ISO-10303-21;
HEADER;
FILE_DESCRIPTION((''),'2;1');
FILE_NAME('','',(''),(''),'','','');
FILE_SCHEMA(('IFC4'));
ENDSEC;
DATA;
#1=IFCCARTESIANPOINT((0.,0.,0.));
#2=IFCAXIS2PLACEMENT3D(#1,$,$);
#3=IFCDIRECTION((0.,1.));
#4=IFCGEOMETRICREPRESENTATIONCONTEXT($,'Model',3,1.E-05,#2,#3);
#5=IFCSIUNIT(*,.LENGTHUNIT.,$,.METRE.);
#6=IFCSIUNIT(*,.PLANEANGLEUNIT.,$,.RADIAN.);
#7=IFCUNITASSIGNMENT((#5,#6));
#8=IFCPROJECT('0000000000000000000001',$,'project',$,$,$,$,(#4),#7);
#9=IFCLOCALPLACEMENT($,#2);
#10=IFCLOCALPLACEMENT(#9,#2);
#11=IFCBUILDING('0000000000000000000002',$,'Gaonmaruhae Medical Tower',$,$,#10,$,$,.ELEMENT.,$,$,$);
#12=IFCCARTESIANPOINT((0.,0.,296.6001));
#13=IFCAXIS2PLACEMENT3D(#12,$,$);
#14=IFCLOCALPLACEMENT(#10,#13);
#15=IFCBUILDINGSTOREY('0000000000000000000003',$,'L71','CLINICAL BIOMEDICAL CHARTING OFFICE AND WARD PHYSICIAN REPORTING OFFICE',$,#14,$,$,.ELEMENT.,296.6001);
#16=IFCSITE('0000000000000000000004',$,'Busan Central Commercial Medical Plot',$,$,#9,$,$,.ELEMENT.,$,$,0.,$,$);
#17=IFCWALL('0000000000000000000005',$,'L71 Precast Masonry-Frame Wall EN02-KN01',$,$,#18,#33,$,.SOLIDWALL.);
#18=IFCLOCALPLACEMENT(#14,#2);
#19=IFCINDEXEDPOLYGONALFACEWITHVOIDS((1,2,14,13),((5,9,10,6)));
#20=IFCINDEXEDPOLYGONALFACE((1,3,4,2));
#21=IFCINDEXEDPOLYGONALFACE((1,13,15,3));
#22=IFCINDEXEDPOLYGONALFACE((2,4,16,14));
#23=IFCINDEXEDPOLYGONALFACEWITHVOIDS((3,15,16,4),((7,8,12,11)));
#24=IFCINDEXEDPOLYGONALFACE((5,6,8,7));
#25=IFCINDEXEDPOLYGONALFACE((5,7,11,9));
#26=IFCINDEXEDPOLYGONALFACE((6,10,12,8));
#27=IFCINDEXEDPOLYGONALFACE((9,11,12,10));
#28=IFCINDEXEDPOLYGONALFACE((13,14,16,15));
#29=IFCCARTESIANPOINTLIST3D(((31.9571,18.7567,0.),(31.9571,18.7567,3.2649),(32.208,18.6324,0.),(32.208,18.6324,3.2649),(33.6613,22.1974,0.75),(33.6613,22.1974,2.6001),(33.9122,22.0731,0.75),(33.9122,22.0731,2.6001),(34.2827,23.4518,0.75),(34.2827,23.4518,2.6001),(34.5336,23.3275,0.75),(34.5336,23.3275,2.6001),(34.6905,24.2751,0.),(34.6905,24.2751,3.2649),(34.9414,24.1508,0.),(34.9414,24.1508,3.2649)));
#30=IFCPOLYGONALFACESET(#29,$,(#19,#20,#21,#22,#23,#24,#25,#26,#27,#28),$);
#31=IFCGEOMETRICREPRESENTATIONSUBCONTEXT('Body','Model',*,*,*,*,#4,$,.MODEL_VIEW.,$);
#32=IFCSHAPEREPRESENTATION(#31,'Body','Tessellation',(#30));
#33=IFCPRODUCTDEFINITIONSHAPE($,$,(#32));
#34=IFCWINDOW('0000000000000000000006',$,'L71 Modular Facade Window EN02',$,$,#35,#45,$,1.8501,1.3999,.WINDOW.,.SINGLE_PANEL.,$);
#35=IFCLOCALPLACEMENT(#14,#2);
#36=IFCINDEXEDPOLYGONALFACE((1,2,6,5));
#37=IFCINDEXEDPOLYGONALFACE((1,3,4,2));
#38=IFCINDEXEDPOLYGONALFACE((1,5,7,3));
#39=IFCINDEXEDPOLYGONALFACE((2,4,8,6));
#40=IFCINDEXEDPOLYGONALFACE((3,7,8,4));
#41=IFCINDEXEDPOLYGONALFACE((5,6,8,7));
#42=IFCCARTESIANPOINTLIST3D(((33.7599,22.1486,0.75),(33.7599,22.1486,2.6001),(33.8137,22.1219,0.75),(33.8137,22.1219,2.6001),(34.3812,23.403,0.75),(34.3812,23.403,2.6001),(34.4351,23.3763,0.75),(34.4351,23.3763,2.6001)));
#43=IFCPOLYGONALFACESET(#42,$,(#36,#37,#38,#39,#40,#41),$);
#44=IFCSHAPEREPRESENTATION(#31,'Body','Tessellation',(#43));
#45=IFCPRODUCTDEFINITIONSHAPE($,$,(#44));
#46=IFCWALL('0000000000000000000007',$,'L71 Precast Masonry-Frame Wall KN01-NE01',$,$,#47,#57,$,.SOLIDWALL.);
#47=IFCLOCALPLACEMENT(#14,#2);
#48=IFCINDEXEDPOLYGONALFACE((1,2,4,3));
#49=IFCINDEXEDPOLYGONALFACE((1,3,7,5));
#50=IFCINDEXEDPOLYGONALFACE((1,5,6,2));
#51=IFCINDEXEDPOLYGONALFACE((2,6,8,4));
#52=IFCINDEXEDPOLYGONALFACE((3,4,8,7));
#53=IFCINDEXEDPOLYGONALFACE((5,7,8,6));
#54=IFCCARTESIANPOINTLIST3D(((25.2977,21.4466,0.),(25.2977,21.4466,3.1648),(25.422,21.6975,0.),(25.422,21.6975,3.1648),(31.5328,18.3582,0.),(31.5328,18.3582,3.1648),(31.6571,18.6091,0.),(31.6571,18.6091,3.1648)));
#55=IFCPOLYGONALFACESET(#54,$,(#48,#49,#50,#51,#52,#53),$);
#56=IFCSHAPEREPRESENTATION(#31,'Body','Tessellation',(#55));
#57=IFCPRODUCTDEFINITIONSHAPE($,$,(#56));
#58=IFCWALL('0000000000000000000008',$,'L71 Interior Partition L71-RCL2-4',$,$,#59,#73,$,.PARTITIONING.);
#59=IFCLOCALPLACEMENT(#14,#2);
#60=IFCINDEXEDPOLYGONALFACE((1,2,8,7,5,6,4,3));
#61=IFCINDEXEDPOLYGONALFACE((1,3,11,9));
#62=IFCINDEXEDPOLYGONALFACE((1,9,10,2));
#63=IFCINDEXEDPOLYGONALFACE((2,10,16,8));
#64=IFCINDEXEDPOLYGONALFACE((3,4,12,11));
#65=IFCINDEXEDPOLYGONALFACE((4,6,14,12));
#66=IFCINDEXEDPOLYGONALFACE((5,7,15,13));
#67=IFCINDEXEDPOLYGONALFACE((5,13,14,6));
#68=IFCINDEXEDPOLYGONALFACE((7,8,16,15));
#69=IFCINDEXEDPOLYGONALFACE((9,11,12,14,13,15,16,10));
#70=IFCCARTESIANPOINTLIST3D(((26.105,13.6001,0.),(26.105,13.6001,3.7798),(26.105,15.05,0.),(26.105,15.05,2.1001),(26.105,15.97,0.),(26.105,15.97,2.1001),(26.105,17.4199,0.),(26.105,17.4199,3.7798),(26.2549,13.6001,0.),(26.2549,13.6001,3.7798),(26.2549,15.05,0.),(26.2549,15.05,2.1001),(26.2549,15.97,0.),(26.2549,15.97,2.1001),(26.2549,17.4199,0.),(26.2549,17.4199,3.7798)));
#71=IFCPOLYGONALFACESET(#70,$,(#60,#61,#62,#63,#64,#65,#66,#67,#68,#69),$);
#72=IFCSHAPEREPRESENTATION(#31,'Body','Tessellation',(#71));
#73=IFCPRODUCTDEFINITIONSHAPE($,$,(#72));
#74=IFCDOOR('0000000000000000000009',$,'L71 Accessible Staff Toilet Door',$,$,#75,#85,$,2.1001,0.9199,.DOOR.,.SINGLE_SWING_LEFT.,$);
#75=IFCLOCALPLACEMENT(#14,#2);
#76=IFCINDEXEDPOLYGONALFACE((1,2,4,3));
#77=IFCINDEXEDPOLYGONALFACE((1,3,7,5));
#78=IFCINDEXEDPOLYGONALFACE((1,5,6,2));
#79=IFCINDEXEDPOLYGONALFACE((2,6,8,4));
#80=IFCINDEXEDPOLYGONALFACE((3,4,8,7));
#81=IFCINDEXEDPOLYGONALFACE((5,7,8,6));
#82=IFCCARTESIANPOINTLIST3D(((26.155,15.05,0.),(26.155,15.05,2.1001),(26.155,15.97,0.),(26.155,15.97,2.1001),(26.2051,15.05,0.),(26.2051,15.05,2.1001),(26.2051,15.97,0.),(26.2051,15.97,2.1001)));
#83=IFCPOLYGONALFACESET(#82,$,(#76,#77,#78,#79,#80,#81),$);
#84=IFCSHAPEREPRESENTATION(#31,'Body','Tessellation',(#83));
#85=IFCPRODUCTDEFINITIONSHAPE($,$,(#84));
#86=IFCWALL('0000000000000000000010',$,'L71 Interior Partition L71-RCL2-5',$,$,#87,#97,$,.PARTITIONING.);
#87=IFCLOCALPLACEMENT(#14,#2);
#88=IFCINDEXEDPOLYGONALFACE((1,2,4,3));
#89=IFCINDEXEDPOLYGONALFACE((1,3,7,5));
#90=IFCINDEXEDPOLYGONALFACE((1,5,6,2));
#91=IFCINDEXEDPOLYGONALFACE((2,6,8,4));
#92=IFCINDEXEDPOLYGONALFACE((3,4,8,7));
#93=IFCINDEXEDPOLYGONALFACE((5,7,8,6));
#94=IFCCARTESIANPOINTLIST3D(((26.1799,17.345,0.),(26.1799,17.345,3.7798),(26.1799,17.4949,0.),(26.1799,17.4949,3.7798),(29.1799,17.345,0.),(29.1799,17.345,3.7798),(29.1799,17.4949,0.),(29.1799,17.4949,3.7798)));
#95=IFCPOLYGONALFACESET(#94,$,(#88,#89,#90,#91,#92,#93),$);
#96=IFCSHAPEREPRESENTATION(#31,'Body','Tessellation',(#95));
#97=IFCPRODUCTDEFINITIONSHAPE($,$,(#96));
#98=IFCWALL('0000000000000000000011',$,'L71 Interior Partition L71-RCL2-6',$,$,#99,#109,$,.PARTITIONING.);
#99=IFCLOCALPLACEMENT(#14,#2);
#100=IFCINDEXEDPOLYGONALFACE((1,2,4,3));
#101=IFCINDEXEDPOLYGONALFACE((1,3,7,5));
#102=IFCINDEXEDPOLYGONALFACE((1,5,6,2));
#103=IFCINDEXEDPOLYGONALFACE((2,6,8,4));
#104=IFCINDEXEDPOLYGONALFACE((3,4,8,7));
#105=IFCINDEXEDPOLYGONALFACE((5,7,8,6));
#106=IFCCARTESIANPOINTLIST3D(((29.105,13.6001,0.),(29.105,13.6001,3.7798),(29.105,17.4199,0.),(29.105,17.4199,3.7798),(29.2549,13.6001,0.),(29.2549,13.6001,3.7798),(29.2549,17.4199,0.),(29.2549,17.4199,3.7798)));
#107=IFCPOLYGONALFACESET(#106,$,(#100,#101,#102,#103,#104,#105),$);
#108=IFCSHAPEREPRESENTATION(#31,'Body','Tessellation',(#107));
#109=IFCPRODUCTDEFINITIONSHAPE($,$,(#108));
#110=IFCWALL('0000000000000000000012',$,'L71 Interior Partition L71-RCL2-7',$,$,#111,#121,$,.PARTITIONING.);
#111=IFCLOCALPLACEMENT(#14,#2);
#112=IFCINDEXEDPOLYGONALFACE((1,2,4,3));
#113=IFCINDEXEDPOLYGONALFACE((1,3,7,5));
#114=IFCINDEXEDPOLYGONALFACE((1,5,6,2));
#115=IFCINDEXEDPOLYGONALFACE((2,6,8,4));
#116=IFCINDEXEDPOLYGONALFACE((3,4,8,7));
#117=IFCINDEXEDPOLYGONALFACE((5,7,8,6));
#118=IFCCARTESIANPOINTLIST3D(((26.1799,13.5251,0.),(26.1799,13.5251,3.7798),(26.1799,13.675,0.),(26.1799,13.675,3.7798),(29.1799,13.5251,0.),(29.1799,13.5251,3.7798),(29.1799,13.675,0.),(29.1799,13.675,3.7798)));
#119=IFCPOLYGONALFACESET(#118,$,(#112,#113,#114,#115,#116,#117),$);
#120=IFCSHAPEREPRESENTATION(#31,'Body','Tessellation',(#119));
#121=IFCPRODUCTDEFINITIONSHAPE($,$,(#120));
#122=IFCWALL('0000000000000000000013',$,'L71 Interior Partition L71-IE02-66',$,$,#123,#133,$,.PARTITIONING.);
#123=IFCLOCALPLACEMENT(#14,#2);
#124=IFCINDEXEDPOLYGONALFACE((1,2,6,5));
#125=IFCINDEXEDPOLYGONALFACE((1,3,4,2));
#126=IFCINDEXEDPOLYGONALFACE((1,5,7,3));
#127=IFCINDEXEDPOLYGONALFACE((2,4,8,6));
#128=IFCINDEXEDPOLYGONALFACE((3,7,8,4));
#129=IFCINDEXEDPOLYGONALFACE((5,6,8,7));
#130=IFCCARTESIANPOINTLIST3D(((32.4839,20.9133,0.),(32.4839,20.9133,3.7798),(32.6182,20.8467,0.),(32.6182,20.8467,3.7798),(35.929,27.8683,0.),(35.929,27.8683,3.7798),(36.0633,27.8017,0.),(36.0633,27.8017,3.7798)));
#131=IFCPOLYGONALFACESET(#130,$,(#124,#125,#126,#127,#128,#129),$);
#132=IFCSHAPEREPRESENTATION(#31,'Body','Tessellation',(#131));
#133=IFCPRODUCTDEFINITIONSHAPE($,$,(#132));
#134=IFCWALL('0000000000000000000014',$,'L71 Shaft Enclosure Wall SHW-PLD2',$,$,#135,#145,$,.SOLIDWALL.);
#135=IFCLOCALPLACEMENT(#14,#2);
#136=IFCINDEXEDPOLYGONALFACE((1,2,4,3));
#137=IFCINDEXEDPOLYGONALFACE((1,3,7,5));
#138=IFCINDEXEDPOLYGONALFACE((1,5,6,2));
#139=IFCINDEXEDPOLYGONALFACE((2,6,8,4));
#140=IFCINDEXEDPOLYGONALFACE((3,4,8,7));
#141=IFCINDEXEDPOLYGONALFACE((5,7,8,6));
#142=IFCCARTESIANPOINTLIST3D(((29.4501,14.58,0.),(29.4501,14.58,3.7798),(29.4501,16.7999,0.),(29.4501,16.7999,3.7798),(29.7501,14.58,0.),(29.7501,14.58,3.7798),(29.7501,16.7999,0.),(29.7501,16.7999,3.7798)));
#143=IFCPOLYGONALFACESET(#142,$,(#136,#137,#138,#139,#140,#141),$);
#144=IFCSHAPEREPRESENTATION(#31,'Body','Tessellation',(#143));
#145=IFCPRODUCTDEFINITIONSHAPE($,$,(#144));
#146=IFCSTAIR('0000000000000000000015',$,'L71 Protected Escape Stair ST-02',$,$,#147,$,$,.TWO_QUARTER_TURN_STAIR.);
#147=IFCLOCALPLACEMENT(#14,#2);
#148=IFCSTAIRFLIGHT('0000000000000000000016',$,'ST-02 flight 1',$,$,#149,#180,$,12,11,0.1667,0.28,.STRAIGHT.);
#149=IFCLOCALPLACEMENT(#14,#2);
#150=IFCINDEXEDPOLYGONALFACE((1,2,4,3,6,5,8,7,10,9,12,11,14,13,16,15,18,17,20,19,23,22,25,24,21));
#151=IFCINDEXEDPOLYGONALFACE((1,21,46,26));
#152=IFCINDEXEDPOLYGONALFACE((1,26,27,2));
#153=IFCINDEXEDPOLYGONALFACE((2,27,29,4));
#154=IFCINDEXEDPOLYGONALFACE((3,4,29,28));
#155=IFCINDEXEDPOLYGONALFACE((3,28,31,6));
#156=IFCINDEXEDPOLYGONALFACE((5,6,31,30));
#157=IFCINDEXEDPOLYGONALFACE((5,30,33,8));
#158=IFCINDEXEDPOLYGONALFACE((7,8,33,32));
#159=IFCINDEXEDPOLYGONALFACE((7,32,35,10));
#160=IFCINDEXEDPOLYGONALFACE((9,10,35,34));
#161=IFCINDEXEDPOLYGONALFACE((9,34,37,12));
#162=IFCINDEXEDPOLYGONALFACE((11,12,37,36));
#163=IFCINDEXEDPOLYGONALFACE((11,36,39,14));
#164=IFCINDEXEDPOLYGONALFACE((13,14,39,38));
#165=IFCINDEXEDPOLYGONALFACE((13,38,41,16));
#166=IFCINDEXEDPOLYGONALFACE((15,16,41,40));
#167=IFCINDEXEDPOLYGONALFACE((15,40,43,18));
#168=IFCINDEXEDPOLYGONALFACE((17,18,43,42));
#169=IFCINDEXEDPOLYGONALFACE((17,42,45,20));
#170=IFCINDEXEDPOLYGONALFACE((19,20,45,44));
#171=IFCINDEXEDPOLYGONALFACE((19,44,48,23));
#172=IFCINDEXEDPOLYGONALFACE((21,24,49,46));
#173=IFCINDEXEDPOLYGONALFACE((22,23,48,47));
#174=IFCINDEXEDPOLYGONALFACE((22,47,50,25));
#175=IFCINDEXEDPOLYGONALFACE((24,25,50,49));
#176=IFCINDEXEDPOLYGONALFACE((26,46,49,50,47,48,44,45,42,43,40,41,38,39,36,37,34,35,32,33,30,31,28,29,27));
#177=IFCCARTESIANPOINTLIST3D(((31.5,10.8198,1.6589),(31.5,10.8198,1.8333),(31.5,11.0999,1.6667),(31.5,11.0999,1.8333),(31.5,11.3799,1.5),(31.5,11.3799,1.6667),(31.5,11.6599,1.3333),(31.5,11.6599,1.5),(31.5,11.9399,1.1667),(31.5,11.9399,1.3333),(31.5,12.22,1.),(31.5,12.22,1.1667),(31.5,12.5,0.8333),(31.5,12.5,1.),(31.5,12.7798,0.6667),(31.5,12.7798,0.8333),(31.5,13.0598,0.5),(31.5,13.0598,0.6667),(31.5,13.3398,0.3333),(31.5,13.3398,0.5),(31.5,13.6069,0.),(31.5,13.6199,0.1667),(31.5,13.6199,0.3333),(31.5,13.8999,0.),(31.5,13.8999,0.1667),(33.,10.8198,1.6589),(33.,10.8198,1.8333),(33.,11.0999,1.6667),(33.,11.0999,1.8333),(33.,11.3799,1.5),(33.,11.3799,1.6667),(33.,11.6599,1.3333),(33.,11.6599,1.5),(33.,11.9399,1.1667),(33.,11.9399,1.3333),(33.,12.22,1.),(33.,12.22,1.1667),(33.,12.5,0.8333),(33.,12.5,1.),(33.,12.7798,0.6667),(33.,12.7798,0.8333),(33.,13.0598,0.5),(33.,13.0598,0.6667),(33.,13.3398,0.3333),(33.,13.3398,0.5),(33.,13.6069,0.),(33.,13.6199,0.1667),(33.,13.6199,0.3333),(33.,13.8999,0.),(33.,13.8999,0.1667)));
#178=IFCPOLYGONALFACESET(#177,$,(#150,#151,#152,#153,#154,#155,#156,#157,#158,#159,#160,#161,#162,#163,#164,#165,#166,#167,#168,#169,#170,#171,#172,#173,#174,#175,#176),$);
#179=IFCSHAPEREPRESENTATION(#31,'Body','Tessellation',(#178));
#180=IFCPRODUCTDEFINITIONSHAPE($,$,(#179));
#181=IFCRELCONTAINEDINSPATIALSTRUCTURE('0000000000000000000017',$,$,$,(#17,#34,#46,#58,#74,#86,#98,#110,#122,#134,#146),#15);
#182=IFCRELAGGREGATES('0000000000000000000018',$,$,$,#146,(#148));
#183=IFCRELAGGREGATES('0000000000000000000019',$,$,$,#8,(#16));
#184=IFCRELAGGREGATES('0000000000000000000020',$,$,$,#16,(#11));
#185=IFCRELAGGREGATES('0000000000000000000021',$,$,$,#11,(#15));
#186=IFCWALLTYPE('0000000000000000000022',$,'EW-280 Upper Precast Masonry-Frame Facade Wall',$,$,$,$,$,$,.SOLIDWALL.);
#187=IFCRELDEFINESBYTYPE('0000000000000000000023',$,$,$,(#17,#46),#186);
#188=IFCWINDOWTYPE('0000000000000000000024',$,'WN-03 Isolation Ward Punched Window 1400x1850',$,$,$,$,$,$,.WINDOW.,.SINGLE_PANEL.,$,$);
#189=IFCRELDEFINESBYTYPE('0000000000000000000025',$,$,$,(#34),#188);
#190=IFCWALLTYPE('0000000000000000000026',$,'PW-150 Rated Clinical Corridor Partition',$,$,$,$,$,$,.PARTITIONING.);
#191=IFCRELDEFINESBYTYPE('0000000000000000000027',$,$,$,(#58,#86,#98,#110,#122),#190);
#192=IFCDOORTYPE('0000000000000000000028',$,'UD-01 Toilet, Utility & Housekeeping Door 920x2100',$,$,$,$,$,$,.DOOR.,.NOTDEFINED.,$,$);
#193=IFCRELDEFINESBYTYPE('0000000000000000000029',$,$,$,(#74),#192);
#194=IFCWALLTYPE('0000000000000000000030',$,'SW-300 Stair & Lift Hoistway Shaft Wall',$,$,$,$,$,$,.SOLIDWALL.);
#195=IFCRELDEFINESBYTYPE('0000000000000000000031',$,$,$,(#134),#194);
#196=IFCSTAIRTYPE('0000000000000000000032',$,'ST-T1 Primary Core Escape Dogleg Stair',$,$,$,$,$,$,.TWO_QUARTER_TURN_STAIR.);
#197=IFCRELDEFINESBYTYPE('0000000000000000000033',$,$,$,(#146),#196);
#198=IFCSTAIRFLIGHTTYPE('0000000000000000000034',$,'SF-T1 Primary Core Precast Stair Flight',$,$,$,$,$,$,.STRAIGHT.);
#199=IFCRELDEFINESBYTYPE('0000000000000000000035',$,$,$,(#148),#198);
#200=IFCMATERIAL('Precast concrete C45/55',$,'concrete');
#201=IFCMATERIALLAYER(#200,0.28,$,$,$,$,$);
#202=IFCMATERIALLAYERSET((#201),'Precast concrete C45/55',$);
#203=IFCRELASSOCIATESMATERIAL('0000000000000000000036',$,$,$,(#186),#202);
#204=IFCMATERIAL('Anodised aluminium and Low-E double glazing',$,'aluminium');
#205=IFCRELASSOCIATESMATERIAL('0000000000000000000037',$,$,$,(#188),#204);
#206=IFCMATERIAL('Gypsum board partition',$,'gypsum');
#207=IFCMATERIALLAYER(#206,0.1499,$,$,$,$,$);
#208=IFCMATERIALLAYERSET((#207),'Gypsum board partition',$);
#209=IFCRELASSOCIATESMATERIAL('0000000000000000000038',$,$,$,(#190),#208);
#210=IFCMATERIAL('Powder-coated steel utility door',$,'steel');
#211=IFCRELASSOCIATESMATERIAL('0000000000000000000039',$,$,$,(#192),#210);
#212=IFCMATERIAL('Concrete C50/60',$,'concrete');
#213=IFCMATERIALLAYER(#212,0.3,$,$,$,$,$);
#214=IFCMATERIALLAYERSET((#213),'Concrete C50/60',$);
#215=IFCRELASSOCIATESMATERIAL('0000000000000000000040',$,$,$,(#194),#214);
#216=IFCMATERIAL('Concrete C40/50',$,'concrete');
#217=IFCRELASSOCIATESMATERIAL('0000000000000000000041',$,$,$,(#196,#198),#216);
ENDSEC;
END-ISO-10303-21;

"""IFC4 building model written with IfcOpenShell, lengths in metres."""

from ifc_helpers import new_model, si_unit, direction, frame, frame_2d, origin, place, context, subcontext, project, spatial, polyline, rectangle, outline, extrude, material, layer, layer_set, type_object, element, fill, aggregate, save


model = new_model("IFC4")

# Units and contexts
model_context = context("Model", 3, precision=1e-05, world=origin(), true_north=direction((0.0, 1.0)))
body_context = subcontext(model_context, "Body", "Model", "MODEL_VIEW")
ifc_project = project(units=[si_unit("LENGTHUNIT", "METRE"), si_unit("PLANEANGLEUNIT", "RADIAN")], contexts=[model_context])

# Site, building, storey
site_placement = place(None, origin())
site = spatial("IfcSite", under=ifc_project, at=site_placement, Name="Busan Central Commercial Medical Plot", CompositionType="ELEMENT", RefElevation=0.0)
building_placement = place(site_placement, origin())
building = spatial("IfcBuilding", under=site, at=building_placement, Name="Gaonmaruhae Medical Tower", CompositionType="ELEMENT")
storey_placement = place(building_placement, frame((0.0, 0.0, 296.6001)))
storey = spatial("IfcBuildingStorey", under=building, at=storey_placement, Name="L71", Description="CLINICAL BIOMEDICAL CHARTING OFFICE AND WARD PHYSICIAN REPORTING OFFICE", CompositionType="ELEMENT", Elevation=296.6001)

# Shared definitions
ifc_material_1 = material(Name="Concrete C50/60", Category="concrete")

# Wall, opening, window
ifc_material_2 = material(Name="Precast concrete C45/55", Category="concrete")
ifc_layer_1 = layer(ifc_material_2, 0.28)
ifc_layer_set_1 = layer_set([ifc_layer_1], Name="Precast concrete C45/55")
wall_type_1 = type_object("IfcWallType", Name="EW-280 Upper Precast Masonry-Frame Facade Wall", PredefinedType="SOLIDWALL", material=ifc_layer_set_1)
wall_1_placement = place(storey_placement, frame((32.0825, 18.6946, 0.0), z_axis=(0.0, 0.0, 1.0), x_axis=(0.443864, 0.896094, 0.0)))
wall_1 = element("IfcWall", 1, at=wall_1_placement, inside=storey, type_object=wall_type_1, Name="L71 Precast Masonry-Frame Wall EN02-KN01", PredefinedType="SOLIDWALL", context=body_context, shape_type="SweptSolid", body=[
    extrude(rectangle(XDim=6.1582, YDim=0.28, at=frame_2d((3.0791, 0.0))), origin(), (0.0, 0.0, 1.0), 3.2649),
])
opening_1_placement = place(wall_1_placement, frame((3.8396, 0.0, 0.75)))
opening_1 = element("IfcOpeningElement", 2, at=opening_1_placement, cuts=wall_1, PredefinedType="OPENING", context=body_context, shape_type="SweptSolid", body=[
    extrude(rectangle(XDim=1.3999, YDim=1.8501, at=frame_2d((0.7, 0.925))), frame((0.0, 0.1499, 0.0), z_axis=(0.0, -1.0, 0.0), x_axis=(1.0, 0.0, 0.0)), (0.0, 0.0, 1.0), 0.3),
])
ifc_material_3 = material(Name="Anodised aluminium and Low-E double glazing", Category="aluminium")
window_type = type_object("IfcWindowType", Name="WN-03 Isolation Ward Punched Window 1400x1850", PartitioningType="SINGLE_PANEL", PredefinedType="WINDOW", material=ifc_material_3)
window_placement = place(opening_1_placement, origin())
window = element("IfcWindow", 3, at=window_placement, inside=storey, type_object=window_type, Name="L71 Modular Facade Window EN02", OverallHeight=1.8501, OverallWidth=1.3999, PartitioningType="SINGLE_PANEL", PredefinedType="WINDOW", context=body_context, shape_type="SweptSolid", body=[
    extrude(rectangle(XDim=1.3999, YDim=1.8501, at=frame_2d((0.7, 0.925))), frame((0.0, 0.03, 0.0), z_axis=(0.0, -1.0, 0.0), x_axis=(1.0, 0.0, 0.0)), (0.0, 0.0, 1.0), 0.0601),
])
fill(opening_1, window)

# Wall
wall_2_placement = place(storey_placement, frame((25.3599, 21.572, 0.0), z_axis=(0.0, 0.0, 1.0), x_axis=(0.896098, -0.443856, 0.0)))
element("IfcWall", 4, at=wall_2_placement, inside=storey, type_object=wall_type_1, Name="L71 Precast Masonry-Frame Wall KN01-NE01", PredefinedType="SOLIDWALL", context=body_context, shape_type="SweptSolid", body=[
    extrude(rectangle(XDim=6.958, YDim=0.28, at=frame_2d((3.479, 0.0))), origin(), (0.0, 0.0, 1.0), 3.1648),
])

# Wall, opening, door
ifc_material_4 = material(Name="Gypsum board partition", Category="gypsum")
ifc_layer_2 = layer(ifc_material_4, 0.1499)
ifc_layer_set_2 = layer_set([ifc_layer_2], Name="Gypsum board partition")
wall_type_2 = type_object("IfcWallType", Name="PW-150 Rated Clinical Corridor Partition", PredefinedType="PARTITIONING", material=ifc_layer_set_2)
wall_3_placement = place(storey_placement, frame((26.1799, 13.6001, 0.0), z_axis=(0.0, 0.0, 1.0), x_axis=(0.0, 1.0, 0.0)))
wall_3 = element("IfcWall", 5, at=wall_3_placement, inside=storey, type_object=wall_type_2, Name="L71 Interior Partition L71-RCL2-4", PredefinedType="PARTITIONING", context=body_context, shape_type="SweptSolid", body=[
    extrude(rectangle(XDim=3.8198, YDim=0.1499, at=frame_2d((1.9099, 0.0))), origin(), (0.0, 0.0, 1.0), 3.7798),
])
opening_2_placement = place(wall_3_placement, frame((1.45, 0.0, 0.0)))
opening_2 = element("IfcOpeningElement", 6, at=opening_2_placement, cuts=wall_3, PredefinedType="OPENING", context=body_context, shape_type="SweptSolid", body=[
    extrude(rectangle(XDim=0.9199, YDim=2.1001, at=frame_2d((0.46, 1.05))), frame((0.0, 0.085, 0.0), z_axis=(0.0, -1.0, 0.0), x_axis=(1.0, 0.0, 0.0)), (0.0, 0.0, 1.0), 0.1699),
])
ifc_material_5 = material(Name="Powder-coated steel utility door", Category="steel")
door_type_1 = type_object("IfcDoorType", Name="UD-01 Toilet, Utility & Housekeeping Door 920x2100", OperationType="NOTDEFINED", PredefinedType="DOOR", material=ifc_material_5)
door_1_placement = place(opening_2_placement, origin())
door_1 = element("IfcDoor", 7, at=door_1_placement, inside=storey, type_object=door_type_1, Name="L71 Accessible Staff Toilet Door", OperationType="SINGLE_SWING_LEFT", OverallHeight=2.1001, OverallWidth=0.9199, PredefinedType="DOOR", context=body_context, shape_type="SweptSolid", body=[
    extrude(rectangle(XDim=0.9199, YDim=2.1001, at=frame_2d((0.46, 1.05))), frame((0.0, 0.0249, 0.0), z_axis=(0.0, -1.0, 0.0), x_axis=(1.0, 0.0, 0.0)), (0.0, 0.0, 1.0), 0.05),
])
fill(opening_2, door_1)

# Walls
wall_4_placement = place(storey_placement, frame((26.1799, 17.4199, 0.0), z_axis=(0.0, 0.0, 1.0), x_axis=(1.0, 0.0, 0.0)))
element("IfcWall", 8, at=wall_4_placement, inside=storey, type_object=wall_type_2, Name="L71 Interior Partition L71-RCL2-5", PredefinedType="PARTITIONING", context=body_context, shape_type="SweptSolid", body=[
    extrude(rectangle(XDim=3.0, YDim=0.1499, at=frame_2d((1.5, 0.0))), origin(), (0.0, 0.0, 1.0), 3.7798),
])
wall_5_placement = place(storey_placement, frame((29.1799, 17.4199, 0.0), z_axis=(0.0, 0.0, 1.0), x_axis=(0.0, -1.0, 0.0)))
element("IfcWall", 9, at=wall_5_placement, inside=storey, type_object=wall_type_2, Name="L71 Interior Partition L71-RCL2-6", PredefinedType="PARTITIONING", context=body_context, shape_type="SweptSolid", body=[
    extrude(rectangle(XDim=3.8198, YDim=0.1499, at=frame_2d((1.9099, 0.0))), origin(), (0.0, 0.0, 1.0), 3.7798),
])
wall_6_placement = place(storey_placement, frame((29.1799, 13.6001, 0.0), z_axis=(0.0, 0.0, 1.0), x_axis=(-1.0, 0.0, 0.0)))
element("IfcWall", 10, at=wall_6_placement, inside=storey, type_object=wall_type_2, Name="L71 Interior Partition L71-RCL2-7", PredefinedType="PARTITIONING", context=body_context, shape_type="SweptSolid", body=[
    extrude(rectangle(XDim=3.0, YDim=0.1499, at=frame_2d((1.5, 0.0))), origin(), (0.0, 0.0, 1.0), 3.7798),
])
wall_7_placement = place(storey_placement, frame((32.551, 20.8799, 0.0), z_axis=(0.0, 0.0, 1.0), x_axis=(0.443864, 0.896094, 0.0)))
element("IfcWall", 11, at=wall_7_placement, inside=storey, type_object=wall_type_2, Name="L71 Interior Partition L71-IE02-66", PredefinedType="PARTITIONING", context=body_context, shape_type="SweptSolid", body=[
    extrude(rectangle(XDim=7.7615, YDim=0.1499, at=frame_2d((3.8809, 0.0))), origin(), (0.0, 0.0, 1.0), 3.7798),
])

# Shared definitions
ifc_layer_3 = layer(ifc_material_1, 0.3)
ifc_layer_set_3 = layer_set([ifc_layer_3], Name="Concrete C50/60")
wall_type_3 = type_object("IfcWallType", Name="SW-300 Stair & Lift Hoistway Shaft Wall", PredefinedType="SOLIDWALL", material=ifc_layer_set_3)

# Wall
wall_8_placement = place(storey_placement, frame((29.6001, 14.5801, 0.0), z_axis=(0.0, 0.0, 1.0), x_axis=(0.0, 1.0, 0.0)))
element("IfcWall", 12, at=wall_8_placement, inside=storey, type_object=wall_type_3, Name="L71 Shaft Enclosure Wall SHW-PLD2", PredefinedType="SOLIDWALL", context=body_context, shape_type="SweptSolid", body=[
    extrude(rectangle(XDim=2.22, YDim=0.3, at=frame_2d((1.1099, 0.0))), origin(), (0.0, 0.0, 1.0), 3.7798),
])

# Stair, stair flight
ifc_material_6 = material(Name="Concrete C40/50", Category="concrete")
stair_type = type_object("IfcStairType", Name="ST-T1 Primary Core Escape Dogleg Stair", PredefinedType="TWO_QUARTER_TURN_STAIR", material=ifc_material_6)
stair_placement = place(storey_placement, origin())
stair = element("IfcStair", 13, at=stair_placement, inside=storey, type_object=stair_type, Name="L71 Protected Escape Stair ST-02", PredefinedType="TWO_QUARTER_TURN_STAIR")
stair_flight_type = type_object("IfcStairFlightType", Name="SF-T1 Primary Core Precast Stair Flight", PredefinedType="STRAIGHT", material=ifc_material_6)
stair_flight_placement = place(storey_placement, frame((32.25, 13.8999, 0.0), z_axis=(0.0, 0.0, 1.0), x_axis=(0.0, -1.0, 0.0)))
stair_flight = element("IfcStairFlight", 14, at=stair_flight_placement, type_object=stair_flight_type, Name="ST-02 flight 1", NumberOfRisers=12, NumberOfTreads=11, PredefinedType="STRAIGHT", RiserHeight=0.1667, TreadLength=0.28, context=body_context, shape_type="SweptSolid", body=[
    extrude(outline(polyline([(0.0, 0.0), (0.0, 0.1667), (0.28, 0.1667), (0.28, 0.3333), (0.5601, 0.3333), (0.5601, 0.5), (0.8401, 0.5), (0.8401, 0.6667), (1.1201, 0.6667), (1.1201, 0.8333), (1.3999, 0.8333), (1.3999, 1.0), (1.6799, 1.0), (1.6799, 1.1667), (1.96, 1.1667), (1.96, 1.3333), (2.24, 1.3333), (2.24, 1.5), (2.52, 1.5), (2.52, 1.6667), (2.8, 1.6667), (2.8, 1.8333), (3.0801, 1.8333), (3.0801, 2.0), (3.0801, 1.6589), (0.293, 0.0), (0.0, 0.0)])), frame((0.0, 0.75, 0.0), z_axis=(0.0, -1.0, 0.0), x_axis=(1.0, 0.0, 0.0)), (0.0, 0.0, 1.0), 1.5),
])
aggregate(stair, [stair_flight])

save(model, "model.ifc")
